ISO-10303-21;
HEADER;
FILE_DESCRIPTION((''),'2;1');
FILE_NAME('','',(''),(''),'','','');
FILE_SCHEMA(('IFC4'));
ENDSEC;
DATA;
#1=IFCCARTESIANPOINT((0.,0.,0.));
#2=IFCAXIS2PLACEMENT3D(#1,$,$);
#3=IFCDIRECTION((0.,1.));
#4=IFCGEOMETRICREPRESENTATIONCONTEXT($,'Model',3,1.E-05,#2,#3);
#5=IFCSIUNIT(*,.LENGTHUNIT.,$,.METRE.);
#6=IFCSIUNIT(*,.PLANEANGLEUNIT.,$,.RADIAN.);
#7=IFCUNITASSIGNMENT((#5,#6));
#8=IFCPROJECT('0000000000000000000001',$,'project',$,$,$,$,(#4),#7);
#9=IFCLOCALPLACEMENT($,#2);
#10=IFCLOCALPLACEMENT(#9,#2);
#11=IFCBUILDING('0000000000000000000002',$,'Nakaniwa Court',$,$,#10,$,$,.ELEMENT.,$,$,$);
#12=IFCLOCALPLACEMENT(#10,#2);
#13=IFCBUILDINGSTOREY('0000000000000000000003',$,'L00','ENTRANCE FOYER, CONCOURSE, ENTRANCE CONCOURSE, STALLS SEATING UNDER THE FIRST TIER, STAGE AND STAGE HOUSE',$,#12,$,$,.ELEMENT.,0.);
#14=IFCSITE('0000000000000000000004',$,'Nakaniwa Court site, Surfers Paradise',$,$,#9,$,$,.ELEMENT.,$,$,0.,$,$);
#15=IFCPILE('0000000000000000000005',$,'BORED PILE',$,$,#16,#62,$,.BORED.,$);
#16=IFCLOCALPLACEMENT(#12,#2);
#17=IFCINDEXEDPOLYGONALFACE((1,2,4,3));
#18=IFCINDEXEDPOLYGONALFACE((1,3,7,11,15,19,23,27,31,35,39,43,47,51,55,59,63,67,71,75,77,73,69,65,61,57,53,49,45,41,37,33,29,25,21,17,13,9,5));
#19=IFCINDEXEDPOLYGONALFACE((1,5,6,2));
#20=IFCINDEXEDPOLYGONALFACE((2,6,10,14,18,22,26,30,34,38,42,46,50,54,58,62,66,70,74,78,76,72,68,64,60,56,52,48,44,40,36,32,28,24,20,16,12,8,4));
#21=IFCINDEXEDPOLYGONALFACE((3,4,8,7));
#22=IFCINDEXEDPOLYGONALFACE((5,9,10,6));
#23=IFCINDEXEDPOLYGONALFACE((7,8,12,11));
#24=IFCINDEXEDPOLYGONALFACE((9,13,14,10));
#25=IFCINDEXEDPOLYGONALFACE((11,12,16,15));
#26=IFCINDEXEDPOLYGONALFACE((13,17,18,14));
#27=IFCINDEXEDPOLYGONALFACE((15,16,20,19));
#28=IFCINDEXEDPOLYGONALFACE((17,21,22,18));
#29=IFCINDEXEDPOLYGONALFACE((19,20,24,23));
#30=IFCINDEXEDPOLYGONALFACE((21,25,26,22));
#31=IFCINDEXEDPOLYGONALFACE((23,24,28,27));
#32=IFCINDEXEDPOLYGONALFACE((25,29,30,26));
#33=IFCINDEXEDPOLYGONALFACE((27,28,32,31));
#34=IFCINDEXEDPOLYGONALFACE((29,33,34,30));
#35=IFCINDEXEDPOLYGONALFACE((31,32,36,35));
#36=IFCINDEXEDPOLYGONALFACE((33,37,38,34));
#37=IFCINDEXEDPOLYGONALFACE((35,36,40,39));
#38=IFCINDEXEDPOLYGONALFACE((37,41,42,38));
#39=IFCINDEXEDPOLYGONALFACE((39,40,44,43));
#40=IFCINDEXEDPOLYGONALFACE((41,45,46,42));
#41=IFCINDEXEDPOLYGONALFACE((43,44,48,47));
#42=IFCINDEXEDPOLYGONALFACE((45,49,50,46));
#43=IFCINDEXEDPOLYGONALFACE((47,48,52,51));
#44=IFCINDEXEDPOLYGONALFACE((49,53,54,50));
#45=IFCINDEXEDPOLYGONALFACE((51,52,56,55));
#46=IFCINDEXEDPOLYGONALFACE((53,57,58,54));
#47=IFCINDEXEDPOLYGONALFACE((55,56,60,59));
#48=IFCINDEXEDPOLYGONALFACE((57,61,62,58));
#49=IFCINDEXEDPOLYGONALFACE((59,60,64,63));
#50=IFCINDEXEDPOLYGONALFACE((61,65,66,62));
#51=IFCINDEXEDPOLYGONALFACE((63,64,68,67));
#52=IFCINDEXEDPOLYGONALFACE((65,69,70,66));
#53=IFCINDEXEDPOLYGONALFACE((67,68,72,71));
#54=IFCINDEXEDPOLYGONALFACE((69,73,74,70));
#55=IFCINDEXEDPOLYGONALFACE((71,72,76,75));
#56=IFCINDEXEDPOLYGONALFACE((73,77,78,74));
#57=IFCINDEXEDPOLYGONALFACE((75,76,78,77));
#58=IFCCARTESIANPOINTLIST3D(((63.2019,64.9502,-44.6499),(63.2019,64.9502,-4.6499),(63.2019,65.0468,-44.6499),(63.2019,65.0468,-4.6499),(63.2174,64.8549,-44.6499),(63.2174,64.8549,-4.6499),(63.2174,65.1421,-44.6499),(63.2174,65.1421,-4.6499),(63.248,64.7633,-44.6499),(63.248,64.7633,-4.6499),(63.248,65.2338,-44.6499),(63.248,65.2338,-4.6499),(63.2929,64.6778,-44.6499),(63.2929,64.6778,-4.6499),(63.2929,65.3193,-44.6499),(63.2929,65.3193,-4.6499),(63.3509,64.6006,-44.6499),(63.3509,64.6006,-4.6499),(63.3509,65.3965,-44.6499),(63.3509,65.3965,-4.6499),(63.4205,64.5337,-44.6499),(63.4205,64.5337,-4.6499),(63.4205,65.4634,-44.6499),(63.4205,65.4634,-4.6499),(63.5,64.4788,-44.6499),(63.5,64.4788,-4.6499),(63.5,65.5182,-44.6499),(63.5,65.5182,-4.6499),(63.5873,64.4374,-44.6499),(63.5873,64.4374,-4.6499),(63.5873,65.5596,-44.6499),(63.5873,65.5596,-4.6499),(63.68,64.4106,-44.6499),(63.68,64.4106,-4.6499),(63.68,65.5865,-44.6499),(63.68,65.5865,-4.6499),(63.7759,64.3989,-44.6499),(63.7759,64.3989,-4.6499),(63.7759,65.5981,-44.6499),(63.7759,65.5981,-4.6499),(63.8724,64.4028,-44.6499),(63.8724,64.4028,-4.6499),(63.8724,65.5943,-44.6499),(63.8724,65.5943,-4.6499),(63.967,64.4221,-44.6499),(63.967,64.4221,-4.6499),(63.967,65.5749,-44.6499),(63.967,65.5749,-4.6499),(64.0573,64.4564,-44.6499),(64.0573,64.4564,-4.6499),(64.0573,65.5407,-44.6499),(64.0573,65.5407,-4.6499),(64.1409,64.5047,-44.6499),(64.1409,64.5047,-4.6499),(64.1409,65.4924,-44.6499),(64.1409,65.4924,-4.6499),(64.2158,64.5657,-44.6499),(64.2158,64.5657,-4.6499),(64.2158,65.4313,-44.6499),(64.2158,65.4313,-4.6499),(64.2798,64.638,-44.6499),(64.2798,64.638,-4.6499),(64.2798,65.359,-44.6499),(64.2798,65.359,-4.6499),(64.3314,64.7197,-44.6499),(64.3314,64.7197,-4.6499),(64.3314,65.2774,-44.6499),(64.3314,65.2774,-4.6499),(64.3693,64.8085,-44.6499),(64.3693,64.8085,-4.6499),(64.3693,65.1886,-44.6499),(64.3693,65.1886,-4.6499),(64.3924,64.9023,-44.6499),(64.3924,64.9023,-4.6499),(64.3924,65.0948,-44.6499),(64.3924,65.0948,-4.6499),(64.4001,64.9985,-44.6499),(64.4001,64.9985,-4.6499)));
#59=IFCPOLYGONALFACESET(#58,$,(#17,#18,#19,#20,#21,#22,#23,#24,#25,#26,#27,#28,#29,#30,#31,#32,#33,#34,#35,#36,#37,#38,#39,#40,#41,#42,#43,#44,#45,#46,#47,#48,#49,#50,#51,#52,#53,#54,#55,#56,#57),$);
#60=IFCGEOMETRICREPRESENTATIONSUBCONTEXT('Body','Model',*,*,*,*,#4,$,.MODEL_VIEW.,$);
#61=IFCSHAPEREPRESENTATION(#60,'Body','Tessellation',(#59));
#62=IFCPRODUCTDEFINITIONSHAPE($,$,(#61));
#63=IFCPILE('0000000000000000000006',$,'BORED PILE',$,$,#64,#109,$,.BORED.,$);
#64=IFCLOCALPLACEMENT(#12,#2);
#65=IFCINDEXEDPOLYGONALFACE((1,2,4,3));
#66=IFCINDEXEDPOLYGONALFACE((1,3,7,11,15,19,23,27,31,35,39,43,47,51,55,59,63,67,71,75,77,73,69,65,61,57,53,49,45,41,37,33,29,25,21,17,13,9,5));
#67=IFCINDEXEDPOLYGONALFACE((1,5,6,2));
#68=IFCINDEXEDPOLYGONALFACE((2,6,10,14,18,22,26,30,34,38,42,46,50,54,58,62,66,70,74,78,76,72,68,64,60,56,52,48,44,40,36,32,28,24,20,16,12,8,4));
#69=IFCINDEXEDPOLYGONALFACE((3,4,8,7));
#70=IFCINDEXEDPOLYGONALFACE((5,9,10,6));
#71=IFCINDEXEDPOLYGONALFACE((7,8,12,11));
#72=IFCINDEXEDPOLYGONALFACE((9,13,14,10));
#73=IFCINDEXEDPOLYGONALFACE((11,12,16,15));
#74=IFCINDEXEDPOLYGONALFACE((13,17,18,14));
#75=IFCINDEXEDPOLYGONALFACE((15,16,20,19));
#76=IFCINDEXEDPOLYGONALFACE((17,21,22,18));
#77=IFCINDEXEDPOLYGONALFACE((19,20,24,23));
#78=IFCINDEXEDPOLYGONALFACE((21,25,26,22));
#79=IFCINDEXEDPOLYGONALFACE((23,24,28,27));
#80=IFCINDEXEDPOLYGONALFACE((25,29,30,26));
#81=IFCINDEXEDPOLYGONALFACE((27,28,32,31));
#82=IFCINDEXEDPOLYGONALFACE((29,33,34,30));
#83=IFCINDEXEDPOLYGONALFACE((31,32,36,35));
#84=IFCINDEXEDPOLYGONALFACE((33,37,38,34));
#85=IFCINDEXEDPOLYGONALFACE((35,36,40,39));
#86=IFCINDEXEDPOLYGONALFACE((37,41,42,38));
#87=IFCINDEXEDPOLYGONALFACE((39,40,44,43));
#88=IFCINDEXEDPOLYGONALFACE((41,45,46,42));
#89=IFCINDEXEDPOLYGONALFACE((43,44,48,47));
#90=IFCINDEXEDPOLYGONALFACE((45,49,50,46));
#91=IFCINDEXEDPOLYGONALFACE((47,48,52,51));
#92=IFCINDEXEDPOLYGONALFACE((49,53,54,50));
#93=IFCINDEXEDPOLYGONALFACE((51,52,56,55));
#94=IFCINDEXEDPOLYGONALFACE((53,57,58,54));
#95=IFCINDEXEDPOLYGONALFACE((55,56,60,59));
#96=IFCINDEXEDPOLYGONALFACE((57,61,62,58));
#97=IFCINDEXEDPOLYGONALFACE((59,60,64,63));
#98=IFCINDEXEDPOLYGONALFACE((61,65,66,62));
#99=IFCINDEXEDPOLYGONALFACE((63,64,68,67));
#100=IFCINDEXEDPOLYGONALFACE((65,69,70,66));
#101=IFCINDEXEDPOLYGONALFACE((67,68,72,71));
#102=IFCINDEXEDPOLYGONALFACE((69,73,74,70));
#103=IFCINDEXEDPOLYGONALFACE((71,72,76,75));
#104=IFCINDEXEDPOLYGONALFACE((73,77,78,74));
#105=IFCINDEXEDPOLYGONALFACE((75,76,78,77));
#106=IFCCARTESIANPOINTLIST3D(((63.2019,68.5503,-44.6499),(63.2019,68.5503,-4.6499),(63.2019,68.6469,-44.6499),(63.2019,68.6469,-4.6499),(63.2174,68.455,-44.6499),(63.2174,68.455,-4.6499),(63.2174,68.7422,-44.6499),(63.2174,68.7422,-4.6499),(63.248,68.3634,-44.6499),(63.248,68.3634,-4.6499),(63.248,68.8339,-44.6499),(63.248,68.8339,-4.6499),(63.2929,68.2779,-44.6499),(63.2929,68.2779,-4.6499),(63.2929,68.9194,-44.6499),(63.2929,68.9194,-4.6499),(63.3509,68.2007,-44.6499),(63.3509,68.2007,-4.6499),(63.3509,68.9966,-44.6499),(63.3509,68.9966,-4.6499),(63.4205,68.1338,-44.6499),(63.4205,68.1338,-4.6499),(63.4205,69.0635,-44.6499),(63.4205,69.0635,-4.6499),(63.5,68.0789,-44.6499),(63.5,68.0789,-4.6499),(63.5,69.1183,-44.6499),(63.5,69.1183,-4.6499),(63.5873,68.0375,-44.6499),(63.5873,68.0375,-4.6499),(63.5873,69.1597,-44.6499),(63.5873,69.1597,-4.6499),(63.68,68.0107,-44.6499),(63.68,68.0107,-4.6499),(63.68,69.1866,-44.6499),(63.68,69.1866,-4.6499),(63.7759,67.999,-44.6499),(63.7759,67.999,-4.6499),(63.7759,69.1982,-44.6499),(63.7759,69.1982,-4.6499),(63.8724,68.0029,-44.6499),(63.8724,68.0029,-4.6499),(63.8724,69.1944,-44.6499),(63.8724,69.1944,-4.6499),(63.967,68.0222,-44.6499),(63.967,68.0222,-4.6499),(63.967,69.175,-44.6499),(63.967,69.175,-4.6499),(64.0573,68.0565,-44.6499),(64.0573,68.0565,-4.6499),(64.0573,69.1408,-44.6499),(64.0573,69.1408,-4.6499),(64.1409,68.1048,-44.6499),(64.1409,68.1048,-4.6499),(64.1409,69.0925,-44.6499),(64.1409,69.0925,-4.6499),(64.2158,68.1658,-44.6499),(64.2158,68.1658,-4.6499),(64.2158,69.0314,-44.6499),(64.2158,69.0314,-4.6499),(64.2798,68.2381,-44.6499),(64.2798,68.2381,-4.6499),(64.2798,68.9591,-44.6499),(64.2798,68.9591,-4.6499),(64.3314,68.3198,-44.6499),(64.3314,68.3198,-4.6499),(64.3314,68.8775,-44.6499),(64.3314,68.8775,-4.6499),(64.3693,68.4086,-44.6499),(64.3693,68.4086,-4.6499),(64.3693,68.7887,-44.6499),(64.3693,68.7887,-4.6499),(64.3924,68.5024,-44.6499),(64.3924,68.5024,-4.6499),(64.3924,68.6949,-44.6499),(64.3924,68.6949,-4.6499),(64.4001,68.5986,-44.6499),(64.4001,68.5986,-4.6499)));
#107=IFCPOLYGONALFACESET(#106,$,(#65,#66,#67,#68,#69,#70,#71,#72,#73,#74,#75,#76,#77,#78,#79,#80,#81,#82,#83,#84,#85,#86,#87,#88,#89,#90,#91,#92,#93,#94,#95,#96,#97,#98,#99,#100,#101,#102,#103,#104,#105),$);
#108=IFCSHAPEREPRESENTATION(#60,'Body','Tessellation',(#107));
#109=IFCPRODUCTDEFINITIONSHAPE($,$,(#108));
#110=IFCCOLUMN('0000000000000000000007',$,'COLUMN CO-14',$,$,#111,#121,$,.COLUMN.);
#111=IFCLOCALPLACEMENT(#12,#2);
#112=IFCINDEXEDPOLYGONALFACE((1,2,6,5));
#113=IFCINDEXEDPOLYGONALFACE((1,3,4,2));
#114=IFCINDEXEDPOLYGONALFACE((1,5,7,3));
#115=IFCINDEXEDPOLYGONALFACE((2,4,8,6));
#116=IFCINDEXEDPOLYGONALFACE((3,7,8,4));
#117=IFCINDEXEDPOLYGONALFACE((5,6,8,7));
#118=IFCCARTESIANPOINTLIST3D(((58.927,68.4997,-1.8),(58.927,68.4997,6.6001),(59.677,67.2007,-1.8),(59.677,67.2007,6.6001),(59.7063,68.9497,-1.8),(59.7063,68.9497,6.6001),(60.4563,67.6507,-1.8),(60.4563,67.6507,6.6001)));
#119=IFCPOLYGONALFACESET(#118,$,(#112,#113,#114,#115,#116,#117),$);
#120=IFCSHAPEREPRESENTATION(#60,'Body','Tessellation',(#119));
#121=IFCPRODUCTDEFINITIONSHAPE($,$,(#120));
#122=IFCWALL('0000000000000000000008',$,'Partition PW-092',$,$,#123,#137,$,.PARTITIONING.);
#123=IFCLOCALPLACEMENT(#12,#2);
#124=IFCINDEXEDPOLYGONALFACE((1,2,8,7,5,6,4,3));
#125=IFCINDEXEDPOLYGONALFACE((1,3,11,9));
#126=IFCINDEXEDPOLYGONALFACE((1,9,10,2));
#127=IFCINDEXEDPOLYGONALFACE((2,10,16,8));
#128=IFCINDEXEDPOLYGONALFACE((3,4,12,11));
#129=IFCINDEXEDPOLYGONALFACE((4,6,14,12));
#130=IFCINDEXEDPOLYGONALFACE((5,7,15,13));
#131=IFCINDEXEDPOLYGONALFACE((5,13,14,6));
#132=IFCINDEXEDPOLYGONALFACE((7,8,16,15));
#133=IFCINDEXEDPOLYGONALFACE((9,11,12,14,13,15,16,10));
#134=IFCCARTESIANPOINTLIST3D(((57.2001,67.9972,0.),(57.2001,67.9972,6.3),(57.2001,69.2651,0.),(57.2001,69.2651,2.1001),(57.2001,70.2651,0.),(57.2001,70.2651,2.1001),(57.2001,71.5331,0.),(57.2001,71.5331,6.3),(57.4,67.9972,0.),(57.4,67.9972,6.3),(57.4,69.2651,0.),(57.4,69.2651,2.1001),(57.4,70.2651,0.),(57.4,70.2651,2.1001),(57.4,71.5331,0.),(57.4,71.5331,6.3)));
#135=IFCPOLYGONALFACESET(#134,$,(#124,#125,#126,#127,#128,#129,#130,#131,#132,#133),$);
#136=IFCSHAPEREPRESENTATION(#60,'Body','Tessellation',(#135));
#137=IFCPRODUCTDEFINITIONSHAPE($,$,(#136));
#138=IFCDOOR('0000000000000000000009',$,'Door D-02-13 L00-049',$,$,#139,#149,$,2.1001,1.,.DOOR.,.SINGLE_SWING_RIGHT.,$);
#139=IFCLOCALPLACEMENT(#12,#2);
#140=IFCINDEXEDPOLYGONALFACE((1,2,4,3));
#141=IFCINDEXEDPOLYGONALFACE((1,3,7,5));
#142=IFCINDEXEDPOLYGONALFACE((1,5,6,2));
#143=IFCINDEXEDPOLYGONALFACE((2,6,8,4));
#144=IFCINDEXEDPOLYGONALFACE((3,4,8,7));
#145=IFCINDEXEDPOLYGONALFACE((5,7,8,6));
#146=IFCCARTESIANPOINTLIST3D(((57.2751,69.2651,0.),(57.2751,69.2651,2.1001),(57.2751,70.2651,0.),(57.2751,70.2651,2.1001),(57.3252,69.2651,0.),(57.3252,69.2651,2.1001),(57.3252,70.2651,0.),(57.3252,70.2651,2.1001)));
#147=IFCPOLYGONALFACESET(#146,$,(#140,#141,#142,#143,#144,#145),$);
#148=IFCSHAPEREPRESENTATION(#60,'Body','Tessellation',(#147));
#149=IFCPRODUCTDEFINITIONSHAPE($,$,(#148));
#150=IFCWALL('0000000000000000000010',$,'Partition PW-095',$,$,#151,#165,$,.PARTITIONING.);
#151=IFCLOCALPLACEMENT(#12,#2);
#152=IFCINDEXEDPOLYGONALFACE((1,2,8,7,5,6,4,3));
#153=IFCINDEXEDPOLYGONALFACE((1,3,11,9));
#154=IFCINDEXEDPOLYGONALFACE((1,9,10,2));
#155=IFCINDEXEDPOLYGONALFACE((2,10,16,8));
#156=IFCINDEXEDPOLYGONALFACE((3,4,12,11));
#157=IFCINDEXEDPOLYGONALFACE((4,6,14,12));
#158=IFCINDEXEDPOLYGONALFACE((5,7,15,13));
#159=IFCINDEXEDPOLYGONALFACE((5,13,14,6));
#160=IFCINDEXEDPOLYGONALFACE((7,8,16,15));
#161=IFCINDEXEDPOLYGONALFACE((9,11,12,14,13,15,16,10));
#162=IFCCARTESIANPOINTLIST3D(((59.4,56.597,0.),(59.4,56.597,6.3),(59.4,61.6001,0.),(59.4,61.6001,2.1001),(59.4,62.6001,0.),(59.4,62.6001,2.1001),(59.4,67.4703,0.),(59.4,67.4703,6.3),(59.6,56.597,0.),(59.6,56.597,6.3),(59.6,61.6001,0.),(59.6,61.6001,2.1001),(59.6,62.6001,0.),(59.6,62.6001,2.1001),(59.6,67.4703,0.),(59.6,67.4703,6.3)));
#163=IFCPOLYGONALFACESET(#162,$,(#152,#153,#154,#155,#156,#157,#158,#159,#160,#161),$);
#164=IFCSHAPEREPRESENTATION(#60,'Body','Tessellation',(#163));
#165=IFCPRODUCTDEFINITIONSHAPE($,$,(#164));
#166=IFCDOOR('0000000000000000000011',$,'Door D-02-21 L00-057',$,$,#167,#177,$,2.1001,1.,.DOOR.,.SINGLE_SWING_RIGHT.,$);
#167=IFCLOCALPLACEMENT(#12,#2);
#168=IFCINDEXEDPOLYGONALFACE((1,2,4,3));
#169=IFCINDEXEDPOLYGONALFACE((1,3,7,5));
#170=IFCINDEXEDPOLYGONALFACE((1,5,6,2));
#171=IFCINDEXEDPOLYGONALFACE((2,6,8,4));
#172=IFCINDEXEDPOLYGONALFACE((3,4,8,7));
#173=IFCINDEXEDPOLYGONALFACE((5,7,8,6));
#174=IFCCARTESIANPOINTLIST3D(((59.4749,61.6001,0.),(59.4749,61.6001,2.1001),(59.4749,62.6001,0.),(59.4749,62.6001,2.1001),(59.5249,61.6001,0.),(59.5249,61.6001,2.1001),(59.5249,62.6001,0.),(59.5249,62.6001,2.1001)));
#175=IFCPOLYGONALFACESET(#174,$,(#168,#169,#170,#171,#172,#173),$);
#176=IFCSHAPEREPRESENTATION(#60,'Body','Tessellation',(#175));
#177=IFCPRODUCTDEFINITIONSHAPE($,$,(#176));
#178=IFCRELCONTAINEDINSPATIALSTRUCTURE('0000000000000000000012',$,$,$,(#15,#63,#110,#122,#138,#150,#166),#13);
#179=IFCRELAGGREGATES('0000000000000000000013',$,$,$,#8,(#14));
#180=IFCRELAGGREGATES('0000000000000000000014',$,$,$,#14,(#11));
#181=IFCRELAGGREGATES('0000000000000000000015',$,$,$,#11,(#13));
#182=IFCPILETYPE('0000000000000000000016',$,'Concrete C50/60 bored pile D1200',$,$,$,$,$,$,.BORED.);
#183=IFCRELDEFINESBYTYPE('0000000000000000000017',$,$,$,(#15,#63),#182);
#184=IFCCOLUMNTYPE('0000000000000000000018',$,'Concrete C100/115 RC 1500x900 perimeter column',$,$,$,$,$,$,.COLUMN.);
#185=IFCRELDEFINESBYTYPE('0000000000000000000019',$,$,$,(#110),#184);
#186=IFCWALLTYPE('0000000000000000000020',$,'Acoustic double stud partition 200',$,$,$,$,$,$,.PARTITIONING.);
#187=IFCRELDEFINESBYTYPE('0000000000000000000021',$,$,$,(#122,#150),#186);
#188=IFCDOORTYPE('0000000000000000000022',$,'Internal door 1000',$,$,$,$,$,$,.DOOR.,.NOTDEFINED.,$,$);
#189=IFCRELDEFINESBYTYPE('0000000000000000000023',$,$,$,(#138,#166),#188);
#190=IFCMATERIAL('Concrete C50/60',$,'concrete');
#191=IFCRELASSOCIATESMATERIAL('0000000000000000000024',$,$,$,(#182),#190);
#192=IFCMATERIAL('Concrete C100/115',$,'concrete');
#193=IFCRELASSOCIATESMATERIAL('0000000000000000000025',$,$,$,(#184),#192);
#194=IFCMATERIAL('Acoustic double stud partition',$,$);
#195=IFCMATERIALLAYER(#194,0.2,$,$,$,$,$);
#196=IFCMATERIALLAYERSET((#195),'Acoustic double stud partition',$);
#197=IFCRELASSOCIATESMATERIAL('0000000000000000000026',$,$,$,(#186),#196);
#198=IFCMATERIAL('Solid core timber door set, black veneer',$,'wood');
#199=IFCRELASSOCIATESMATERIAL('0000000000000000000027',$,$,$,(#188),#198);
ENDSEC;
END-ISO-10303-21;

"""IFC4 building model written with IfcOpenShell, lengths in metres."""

from ifc_helpers import new_model, si_unit, direction, frame, frame_2d, origin, origin_2d, place, context, subcontext, project, spatial, rectangle, circle, extrude, material, layer, layer_set, material_profile, profile_set, type_object, element, fill, save


model = new_model("IFC4")

# Units and contexts
model_context = context("Model", 3, precision=1e-05, world=origin(), true_north=direction((0.0, 1.0)))
body_context = subcontext(model_context, "Body", "Model", "MODEL_VIEW")
ifc_project = project(units=[si_unit("LENGTHUNIT", "METRE"), si_unit("PLANEANGLEUNIT", "RADIAN")], contexts=[model_context])

# Site, building, storey
site_placement = place(None, origin())
site = spatial("IfcSite", under=ifc_project, at=site_placement, Name="Nakaniwa Court site, Surfers Paradise", CompositionType="ELEMENT", RefElevation=0.0)
building_placement = place(site_placement, origin())
building = spatial("IfcBuilding", under=site, at=building_placement, Name="Nakaniwa Court", CompositionType="ELEMENT")
storey_placement = place(building_placement, origin())
storey = spatial("IfcBuildingStorey", under=building, at=storey_placement, Name="L00", Description="ENTRANCE FOYER, CONCOURSE, ENTRANCE CONCOURSE, STALLS SEATING UNDER THE FIRST TIER, STAGE AND STAGE HOUSE", CompositionType="ELEMENT", Elevation=0.0)

# Piles
ifc_material_1 = material(Name="Concrete C50/60", Category="concrete")
ifc_material_profile_1 = material_profile(ifc_material_1, circle(Radius=0.6001, at=origin_2d()), Name="Concrete C50/60 bored pile D1200")
ifc_profile_set_1 = profile_set([ifc_material_profile_1], Name="Concrete C50/60")
pile_type = type_object("IfcPileType", Name="Concrete C50/60 bored pile D1200", PredefinedType="BORED", material=ifc_profile_set_1)
for number, where, z_axis, x_axis, name in (
    (1, (63.8, 64.9985, -4.6499), (0.0, 0.0, -1.0), (1.0, 0.0, 0.0), "BORED PILE"),
    (2, (63.8, 68.5986, -4.6499), (0.0, 0.0, -1.0), (1.0, 0.0, 0.0), "BORED PILE"),
):
    element("IfcPile", number, at=place(storey_placement, frame(where, z_axis=z_axis, x_axis=x_axis)), inside=storey, type_object=pile_type, Name=name, PredefinedType="BORED", context=body_context, shape_type="SweptSolid", body=[
        extrude(circle(Radius=0.6001, at=origin_2d()), origin(), (0.0, 0.0, 1.0), 40.0),
    ])

# Column
ifc_material_2 = material(Name="Concrete C100/115", Category="concrete")
ifc_material_profile_2 = material_profile(ifc_material_2, rectangle(XDim=1.5, YDim=0.8999, at=origin_2d()), Name="Concrete C100/115 RC 1500x900 perimeter column")
ifc_profile_set_2 = profile_set([ifc_material_profile_2], Name="Concrete C100/115")
column_type = type_object("IfcColumnType", Name="Concrete C100/115 RC 1500x900 perimeter column", PredefinedType="COLUMN", material=ifc_profile_set_2)
column_placement = place(storey_placement, frame((59.6917, 68.0752, -1.8), z_axis=(0.0, 0.0, 1.0), x_axis=(0.5, -0.866025, 0.0)))
element("IfcColumn", 3, at=column_placement, inside=storey, type_object=column_type, Name="COLUMN CO-14", PredefinedType="COLUMN", context=body_context, shape_type="SweptSolid", body=[
    extrude(rectangle(XDim=1.5, YDim=0.8999, at=origin_2d()), origin(), (0.0, 0.0, 1.0), 8.4001),
])

# Walls, openings, doors
ifc_material_3 = material(Name="Acoustic double stud partition")
ifc_layer_1 = layer(ifc_material_3, 0.2)
ifc_layer_set_1 = layer_set([ifc_layer_1], Name="Acoustic double stud partition")
wall_type_1 = type_object("IfcWallType", Name="Acoustic double stud partition 200", PredefinedType="PARTITIONING", material=ifc_layer_set_1)
wall_1_placement = place(storey_placement, frame((57.3, 67.9971, 0.0), z_axis=(0.0, 0.0, 1.0), x_axis=(0.0, 1.0, 0.0)))
wall_1 = element("IfcWall", 4, at=wall_1_placement, inside=storey, type_object=wall_type_1, Name="Partition PW-092", PredefinedType="PARTITIONING", context=body_context, shape_type="SweptSolid", body=[
    extrude(rectangle(XDim=3.5359, YDim=0.2, at=frame_2d((1.7681, 0.0))), origin(), (0.0, 0.0, 1.0), 6.3),
])
opening_1_placement = place(wall_1_placement, frame((1.2681, 0.0, 0.0)))
opening_1 = element("IfcOpeningElement", 5, at=opening_1_placement, cuts=wall_1, PredefinedType="OPENING", context=body_context, shape_type="SweptSolid", body=[
    extrude(rectangle(XDim=1.0, YDim=2.1001, at=frame_2d((0.5, 1.05))), frame((0.0, 0.1099, 0.0), z_axis=(0.0, -1.0, 0.0), x_axis=(1.0, 0.0, 0.0)), (0.0, 0.0, 1.0), 0.22),
])
ifc_material_4 = material(Name="Solid core timber door set, black veneer", Category="wood")
door_type_1 = type_object("IfcDoorType", Name="Internal door 1000", OperationType="NOTDEFINED", PredefinedType="DOOR", material=ifc_material_4)
door_1_placement = place(opening_1_placement, origin())
door_1 = element("IfcDoor", 6, at=door_1_placement, inside=storey, type_object=door_type_1, Name="Door D-02-13 L00-049", OperationType="SINGLE_SWING_RIGHT", OverallHeight=2.1001, OverallWidth=1.0, PredefinedType="DOOR", context=body_context, shape_type="SweptSolid", body=[
    extrude(rectangle(XDim=1.0, YDim=2.1001, at=frame_2d((0.5, 1.05))), frame((0.0, 0.0249, 0.0), z_axis=(0.0, -1.0, 0.0), x_axis=(1.0, 0.0, 0.0)), (0.0, 0.0, 1.0), 0.05),
])
fill(opening_1, door_1)
wall_2_placement = place(storey_placement, frame((59.5, 67.4702, 0.0), z_axis=(0.0, 0.0, 1.0), x_axis=(0.0, -1.0, 0.0)))
wall_2 = element("IfcWall", 7, at=wall_2_placement, inside=storey, type_object=wall_type_1, Name="Partition PW-095", PredefinedType="PARTITIONING", context=body_context, shape_type="SweptSolid", body=[
    extrude(rectangle(XDim=10.8733, YDim=0.2, at=frame_2d((5.4365, 0.0))), origin(), (0.0, 0.0, 1.0), 6.3),
])
opening_2_placement = place(wall_2_placement, frame((4.8701, 0.0, 0.0)))
opening_2 = element("IfcOpeningElement", 8, at=opening_2_placement, cuts=wall_2, PredefinedType="OPENING", context=body_context, shape_type="SweptSolid", body=[
    extrude(rectangle(XDim=1.0, YDim=2.1001, at=frame_2d((0.5, 1.05))), frame((0.0, 0.1099, 0.0), z_axis=(0.0, -1.0, 0.0), x_axis=(1.0, 0.0, 0.0)), (0.0, 0.0, 1.0), 0.22),
])
door_2_placement = place(opening_2_placement, origin())
door_2 = element("IfcDoor", 9, at=door_2_placement, inside=storey, type_object=door_type_1, Name="Door D-02-21 L00-057", OperationType="SINGLE_SWING_RIGHT", OverallHeight=2.1001, OverallWidth=1.0, PredefinedType="DOOR", context=body_context, shape_type="SweptSolid", body=[
    extrude(rectangle(XDim=1.0, YDim=2.1001, at=frame_2d((0.5, 1.05))), frame((0.0, 0.0249, 0.0), z_axis=(0.0, -1.0, 0.0), x_axis=(1.0, 0.0, 0.0)), (0.0, 0.0, 1.0), 0.05),
])
fill(opening_2, door_2)

save(model, "model.ifc")
